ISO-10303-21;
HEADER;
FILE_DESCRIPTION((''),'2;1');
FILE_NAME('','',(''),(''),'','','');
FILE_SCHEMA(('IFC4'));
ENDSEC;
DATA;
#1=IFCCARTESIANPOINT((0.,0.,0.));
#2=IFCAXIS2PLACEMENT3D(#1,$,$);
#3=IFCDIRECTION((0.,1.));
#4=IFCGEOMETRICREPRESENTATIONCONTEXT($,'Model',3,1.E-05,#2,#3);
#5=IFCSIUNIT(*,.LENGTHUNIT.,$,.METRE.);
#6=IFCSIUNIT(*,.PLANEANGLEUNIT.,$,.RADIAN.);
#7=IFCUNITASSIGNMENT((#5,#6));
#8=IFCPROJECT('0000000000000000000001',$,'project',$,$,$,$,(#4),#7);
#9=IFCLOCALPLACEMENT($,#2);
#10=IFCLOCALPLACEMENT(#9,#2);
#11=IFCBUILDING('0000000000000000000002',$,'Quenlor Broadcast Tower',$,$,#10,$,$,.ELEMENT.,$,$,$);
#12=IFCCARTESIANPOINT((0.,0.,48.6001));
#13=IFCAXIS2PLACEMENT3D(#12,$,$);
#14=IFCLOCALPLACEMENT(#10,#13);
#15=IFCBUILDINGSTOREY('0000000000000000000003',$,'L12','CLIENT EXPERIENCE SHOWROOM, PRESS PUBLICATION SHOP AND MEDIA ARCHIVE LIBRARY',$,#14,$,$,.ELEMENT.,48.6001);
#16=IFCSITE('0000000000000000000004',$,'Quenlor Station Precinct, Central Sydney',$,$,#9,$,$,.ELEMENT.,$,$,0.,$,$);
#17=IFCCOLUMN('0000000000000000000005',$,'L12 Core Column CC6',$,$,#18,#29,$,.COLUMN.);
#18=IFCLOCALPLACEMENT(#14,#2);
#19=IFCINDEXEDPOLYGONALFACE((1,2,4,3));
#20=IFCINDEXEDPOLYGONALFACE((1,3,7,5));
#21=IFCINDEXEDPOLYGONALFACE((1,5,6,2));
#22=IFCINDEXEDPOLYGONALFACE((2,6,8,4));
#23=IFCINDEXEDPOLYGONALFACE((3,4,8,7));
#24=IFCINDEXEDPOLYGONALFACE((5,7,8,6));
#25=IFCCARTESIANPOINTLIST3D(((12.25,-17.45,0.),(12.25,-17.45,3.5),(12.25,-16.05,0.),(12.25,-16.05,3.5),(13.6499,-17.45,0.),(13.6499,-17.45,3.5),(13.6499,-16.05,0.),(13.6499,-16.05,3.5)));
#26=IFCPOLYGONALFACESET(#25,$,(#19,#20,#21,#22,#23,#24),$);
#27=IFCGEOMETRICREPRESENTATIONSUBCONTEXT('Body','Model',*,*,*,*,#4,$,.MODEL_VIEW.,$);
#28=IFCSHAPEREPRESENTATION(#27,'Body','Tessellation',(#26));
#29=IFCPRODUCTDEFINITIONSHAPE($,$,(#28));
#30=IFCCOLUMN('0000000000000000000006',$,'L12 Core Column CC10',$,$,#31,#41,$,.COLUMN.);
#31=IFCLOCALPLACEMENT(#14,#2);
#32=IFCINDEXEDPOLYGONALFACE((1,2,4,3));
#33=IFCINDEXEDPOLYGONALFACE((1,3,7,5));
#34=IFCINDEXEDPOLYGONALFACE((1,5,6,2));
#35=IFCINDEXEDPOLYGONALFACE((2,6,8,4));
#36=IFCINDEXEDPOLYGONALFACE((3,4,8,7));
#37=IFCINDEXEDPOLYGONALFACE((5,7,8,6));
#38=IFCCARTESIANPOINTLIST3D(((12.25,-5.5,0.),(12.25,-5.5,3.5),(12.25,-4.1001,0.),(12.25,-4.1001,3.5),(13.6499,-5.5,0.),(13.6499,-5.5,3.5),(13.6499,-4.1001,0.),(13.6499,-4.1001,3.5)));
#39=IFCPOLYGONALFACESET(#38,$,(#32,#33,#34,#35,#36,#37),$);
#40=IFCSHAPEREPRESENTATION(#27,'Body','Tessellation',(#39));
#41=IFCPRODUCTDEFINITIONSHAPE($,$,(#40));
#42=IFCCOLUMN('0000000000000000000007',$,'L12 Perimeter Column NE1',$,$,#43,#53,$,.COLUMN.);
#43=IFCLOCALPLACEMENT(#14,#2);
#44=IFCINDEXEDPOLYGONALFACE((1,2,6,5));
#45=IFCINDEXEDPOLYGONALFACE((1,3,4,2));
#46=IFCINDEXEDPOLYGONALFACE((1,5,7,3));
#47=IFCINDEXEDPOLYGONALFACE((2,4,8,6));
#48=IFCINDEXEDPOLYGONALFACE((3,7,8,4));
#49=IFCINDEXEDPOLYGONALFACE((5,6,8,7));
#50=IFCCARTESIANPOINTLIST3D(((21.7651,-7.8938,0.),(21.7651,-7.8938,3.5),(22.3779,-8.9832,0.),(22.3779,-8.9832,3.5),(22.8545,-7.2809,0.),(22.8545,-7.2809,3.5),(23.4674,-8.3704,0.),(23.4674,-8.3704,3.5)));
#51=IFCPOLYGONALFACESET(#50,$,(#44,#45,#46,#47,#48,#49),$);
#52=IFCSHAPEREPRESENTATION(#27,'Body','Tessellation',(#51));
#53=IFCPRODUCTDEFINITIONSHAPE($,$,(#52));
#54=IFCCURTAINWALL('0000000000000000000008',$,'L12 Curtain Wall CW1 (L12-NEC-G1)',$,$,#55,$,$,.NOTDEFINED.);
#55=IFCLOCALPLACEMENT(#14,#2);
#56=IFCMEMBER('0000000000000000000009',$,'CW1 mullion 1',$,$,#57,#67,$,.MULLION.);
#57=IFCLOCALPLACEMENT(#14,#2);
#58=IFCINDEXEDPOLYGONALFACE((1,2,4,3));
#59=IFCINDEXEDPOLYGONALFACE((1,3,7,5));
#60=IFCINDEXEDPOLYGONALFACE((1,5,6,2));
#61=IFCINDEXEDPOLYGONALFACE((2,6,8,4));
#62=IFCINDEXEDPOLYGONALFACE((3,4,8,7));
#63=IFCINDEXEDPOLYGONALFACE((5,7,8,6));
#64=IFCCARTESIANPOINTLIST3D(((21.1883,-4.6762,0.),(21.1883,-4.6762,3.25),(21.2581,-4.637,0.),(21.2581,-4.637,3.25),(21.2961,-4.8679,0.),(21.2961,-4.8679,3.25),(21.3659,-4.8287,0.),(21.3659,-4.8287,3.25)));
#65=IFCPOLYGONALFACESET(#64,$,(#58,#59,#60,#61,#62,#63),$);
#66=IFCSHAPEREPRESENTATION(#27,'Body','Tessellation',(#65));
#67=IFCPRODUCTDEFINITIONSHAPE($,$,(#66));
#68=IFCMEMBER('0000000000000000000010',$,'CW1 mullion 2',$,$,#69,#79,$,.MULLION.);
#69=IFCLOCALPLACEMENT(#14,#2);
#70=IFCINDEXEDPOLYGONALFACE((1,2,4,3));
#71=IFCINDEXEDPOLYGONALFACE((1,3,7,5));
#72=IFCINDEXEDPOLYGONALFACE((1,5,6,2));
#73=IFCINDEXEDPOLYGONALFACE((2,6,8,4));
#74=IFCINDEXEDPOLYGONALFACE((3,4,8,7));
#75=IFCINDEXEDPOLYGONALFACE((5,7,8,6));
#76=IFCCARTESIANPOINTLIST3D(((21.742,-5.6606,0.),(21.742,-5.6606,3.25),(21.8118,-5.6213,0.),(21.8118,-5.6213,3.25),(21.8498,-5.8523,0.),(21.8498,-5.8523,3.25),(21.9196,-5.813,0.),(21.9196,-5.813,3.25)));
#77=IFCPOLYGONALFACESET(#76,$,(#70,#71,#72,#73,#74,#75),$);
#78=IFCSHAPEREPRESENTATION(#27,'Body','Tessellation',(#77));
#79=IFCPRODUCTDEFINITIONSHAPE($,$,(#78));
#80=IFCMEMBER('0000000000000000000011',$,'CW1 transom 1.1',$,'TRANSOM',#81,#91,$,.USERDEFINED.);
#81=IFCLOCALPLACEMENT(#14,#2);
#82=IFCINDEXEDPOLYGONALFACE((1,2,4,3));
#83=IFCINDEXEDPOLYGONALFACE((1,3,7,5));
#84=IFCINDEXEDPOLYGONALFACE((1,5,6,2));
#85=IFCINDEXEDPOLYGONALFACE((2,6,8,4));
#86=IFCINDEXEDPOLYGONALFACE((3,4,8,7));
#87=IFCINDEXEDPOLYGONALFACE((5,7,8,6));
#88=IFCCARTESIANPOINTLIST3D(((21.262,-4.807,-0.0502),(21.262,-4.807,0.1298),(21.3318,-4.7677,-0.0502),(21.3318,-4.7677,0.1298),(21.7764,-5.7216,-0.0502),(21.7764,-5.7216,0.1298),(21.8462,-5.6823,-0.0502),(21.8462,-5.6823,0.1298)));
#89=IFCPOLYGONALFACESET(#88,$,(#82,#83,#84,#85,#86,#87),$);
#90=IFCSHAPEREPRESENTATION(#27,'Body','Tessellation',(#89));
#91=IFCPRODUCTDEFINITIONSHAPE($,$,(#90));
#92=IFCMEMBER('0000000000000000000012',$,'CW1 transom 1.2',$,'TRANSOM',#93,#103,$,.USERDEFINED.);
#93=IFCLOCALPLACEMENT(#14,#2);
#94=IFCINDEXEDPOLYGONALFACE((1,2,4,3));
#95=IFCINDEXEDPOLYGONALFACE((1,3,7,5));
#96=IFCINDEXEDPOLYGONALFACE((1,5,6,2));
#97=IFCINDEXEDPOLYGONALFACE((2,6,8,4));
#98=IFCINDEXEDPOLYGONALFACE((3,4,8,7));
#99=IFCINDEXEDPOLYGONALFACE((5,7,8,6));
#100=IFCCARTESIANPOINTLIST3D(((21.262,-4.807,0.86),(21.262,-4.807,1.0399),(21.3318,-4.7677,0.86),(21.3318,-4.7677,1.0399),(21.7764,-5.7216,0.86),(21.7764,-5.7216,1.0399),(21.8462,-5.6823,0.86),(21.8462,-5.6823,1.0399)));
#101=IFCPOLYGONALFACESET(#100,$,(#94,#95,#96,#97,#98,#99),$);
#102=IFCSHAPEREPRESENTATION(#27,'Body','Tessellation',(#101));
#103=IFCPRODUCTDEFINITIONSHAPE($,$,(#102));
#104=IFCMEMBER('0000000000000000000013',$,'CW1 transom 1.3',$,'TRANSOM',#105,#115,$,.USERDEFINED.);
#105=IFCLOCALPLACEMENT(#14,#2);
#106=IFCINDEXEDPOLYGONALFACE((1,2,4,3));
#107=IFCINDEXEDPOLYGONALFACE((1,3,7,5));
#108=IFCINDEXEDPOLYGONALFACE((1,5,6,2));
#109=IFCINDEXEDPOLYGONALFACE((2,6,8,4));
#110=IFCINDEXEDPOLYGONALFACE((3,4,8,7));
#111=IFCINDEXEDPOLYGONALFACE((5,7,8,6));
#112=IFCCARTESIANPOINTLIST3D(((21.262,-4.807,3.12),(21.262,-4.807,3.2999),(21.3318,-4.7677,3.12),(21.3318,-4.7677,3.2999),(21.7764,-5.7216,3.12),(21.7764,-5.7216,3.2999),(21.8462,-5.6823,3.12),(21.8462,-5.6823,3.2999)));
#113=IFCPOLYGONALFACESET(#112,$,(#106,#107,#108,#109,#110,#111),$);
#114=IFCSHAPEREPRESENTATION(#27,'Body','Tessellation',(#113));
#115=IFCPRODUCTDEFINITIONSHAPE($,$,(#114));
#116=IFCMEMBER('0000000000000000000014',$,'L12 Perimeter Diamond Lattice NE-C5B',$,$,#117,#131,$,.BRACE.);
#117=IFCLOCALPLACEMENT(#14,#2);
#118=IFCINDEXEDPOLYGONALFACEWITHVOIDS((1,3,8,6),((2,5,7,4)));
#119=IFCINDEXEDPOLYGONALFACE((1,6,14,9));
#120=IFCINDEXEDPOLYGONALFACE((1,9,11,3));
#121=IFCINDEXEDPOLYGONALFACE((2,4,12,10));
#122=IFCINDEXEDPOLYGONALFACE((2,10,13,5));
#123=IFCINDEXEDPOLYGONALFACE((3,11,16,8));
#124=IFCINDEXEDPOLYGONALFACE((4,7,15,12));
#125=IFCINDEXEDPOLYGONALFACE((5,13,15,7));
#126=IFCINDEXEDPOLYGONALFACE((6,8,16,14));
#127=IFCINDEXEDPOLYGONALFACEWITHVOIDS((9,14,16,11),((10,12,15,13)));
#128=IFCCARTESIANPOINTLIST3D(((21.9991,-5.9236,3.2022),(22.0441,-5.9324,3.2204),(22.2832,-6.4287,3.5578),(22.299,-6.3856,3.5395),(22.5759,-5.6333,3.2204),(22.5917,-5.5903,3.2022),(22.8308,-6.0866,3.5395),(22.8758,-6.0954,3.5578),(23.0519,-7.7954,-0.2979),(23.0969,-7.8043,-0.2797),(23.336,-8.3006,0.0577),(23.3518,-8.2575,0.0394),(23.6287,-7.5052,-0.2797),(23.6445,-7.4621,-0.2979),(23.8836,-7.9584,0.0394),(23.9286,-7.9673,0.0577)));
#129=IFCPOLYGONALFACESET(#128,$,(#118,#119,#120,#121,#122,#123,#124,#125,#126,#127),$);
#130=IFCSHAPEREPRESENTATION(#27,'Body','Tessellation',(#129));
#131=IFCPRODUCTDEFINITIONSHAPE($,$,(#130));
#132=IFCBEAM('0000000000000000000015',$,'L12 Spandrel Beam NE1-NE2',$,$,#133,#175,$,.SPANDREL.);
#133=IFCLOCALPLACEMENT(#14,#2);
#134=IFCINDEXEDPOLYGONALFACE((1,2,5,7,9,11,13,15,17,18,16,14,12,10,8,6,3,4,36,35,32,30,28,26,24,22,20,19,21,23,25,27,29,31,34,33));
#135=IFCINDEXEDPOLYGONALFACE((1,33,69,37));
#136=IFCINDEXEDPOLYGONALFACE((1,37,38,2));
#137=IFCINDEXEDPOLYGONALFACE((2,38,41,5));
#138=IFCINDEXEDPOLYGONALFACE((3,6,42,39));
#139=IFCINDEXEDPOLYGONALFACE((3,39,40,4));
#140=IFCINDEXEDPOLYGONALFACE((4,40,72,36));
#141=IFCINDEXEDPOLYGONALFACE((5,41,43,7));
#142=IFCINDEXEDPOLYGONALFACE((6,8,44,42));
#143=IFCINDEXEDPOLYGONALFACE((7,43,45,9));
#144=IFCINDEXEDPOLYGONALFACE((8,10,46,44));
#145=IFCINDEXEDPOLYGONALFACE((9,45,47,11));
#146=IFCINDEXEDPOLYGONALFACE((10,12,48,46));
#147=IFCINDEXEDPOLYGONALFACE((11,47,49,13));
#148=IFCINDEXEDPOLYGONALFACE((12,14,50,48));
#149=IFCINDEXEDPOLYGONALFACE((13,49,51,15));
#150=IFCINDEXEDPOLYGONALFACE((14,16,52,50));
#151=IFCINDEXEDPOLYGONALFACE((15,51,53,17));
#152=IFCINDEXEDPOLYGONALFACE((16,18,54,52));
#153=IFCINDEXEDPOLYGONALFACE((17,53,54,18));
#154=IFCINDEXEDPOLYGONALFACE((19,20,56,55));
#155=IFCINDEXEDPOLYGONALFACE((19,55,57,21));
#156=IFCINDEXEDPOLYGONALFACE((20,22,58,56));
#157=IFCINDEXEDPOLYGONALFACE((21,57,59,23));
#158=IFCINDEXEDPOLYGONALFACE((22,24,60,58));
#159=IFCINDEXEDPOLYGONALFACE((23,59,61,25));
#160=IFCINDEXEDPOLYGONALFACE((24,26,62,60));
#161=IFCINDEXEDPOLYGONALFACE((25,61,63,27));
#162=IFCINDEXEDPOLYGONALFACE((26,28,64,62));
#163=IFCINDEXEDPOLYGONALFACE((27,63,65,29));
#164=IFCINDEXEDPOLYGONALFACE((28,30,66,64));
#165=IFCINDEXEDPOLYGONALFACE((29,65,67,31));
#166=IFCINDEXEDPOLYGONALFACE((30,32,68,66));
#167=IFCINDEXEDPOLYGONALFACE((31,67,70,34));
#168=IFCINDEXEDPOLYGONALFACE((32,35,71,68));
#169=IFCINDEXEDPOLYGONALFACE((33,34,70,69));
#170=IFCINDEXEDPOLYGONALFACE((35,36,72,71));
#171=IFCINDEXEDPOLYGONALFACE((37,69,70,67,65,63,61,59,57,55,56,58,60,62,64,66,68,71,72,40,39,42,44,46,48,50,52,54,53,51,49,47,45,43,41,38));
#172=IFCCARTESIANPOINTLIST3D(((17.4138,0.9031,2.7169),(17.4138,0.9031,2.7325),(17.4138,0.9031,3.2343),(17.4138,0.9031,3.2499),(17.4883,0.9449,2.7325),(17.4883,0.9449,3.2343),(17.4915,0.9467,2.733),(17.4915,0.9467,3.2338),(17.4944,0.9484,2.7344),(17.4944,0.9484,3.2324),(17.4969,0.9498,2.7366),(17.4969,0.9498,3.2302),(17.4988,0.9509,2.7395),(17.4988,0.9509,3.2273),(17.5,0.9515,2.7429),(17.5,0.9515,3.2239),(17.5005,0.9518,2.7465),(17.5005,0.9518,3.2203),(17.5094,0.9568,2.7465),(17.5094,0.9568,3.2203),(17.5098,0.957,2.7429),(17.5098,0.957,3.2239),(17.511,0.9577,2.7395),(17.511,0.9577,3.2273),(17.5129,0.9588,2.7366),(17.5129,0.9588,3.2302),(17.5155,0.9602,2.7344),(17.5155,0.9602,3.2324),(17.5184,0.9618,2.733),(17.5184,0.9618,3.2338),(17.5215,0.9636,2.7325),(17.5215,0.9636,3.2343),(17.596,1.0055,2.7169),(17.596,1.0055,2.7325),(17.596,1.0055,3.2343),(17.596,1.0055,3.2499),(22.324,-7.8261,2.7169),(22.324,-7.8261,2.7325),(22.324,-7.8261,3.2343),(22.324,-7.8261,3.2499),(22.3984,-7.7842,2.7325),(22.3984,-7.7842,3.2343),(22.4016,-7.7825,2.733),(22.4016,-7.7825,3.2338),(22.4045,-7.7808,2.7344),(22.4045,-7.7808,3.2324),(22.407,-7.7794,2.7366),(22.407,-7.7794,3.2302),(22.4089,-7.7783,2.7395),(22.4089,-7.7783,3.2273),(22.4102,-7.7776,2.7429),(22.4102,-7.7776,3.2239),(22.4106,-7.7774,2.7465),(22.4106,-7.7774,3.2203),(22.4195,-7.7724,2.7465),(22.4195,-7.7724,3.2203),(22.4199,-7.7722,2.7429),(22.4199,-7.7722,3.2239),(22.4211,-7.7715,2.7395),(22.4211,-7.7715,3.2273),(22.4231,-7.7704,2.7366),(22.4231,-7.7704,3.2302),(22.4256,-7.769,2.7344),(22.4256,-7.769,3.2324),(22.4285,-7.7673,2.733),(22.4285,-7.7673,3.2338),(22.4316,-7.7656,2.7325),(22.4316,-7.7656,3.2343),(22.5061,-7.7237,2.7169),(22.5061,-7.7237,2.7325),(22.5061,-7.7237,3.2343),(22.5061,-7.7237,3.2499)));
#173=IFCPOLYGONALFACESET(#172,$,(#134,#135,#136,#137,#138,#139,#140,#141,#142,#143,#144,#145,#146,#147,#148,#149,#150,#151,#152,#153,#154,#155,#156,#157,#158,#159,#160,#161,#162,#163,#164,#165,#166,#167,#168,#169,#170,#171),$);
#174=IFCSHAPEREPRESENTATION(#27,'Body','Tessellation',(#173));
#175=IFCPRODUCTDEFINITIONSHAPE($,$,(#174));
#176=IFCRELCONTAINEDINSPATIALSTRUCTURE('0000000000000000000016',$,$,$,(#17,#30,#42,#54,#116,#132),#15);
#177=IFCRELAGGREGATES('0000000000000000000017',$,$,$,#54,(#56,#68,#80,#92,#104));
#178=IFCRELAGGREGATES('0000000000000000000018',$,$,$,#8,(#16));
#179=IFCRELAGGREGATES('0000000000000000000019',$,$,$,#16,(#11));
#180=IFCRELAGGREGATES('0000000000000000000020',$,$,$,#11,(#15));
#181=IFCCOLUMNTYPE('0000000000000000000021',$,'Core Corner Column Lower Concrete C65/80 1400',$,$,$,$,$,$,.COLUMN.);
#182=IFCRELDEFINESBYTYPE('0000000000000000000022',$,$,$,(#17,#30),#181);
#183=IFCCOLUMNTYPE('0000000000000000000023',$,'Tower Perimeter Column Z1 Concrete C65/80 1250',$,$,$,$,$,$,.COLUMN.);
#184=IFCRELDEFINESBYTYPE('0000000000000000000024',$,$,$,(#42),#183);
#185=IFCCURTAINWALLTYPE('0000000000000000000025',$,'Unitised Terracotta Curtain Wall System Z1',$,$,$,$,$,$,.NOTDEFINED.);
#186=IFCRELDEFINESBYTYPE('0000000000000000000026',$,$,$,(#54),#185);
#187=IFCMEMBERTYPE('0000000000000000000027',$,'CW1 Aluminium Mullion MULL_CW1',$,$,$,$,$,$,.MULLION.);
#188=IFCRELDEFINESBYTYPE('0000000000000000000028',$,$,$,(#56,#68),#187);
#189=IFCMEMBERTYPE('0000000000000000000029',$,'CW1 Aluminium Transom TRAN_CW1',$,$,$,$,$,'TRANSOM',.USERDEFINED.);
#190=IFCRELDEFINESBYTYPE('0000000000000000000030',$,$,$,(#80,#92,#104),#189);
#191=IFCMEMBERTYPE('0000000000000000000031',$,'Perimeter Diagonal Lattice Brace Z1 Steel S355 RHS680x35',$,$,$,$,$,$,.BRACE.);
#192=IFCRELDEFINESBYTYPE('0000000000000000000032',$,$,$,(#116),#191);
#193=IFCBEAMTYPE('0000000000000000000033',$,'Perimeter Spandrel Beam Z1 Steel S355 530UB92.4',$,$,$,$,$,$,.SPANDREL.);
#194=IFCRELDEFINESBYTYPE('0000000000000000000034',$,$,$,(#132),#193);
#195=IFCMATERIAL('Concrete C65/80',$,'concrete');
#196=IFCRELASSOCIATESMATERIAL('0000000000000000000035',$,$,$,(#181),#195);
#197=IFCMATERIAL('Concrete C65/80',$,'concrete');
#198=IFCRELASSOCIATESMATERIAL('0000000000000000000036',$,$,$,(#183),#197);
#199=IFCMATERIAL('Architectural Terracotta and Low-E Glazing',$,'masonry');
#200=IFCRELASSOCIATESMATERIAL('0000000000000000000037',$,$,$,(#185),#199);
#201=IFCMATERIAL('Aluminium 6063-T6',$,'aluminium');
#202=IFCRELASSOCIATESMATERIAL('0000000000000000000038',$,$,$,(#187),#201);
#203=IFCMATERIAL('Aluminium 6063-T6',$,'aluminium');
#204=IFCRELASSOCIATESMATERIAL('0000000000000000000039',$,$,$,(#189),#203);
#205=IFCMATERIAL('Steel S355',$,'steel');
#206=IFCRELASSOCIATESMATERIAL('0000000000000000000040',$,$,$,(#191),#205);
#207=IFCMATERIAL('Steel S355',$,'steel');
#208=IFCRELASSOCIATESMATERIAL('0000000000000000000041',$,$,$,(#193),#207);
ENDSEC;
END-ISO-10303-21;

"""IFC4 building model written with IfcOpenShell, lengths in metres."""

from ifc_helpers import new_model, si_unit, direction, frame, origin, origin_2d, place, context, subcontext, project, spatial, rectangle, hollow_rectangle, i_section, extrude, material, material_profile, profile_set, type_object, element, aggregate, save


model = new_model("IFC4")

# Units and contexts
model_context = context("Model", 3, precision=1e-05, world=origin(), true_north=direction((0.0, 1.0)))
body_context = subcontext(model_context, "Body", "Model", "MODEL_VIEW")
ifc_project = project(units=[si_unit("LENGTHUNIT", "METRE"), si_unit("PLANEANGLEUNIT", "RADIAN")], contexts=[model_context])

# Site, building, storey
site_placement = place(None, origin())
site = spatial("IfcSite", under=ifc_project, at=site_placement, Name="Quenlor Station Precinct, Central Sydney", CompositionType="ELEMENT", RefElevation=0.0)
building_placement = place(site_placement, origin())
building = spatial("IfcBuilding", under=site, at=building_placement, Name="Quenlor Broadcast Tower", CompositionType="ELEMENT")
storey_placement = place(building_placement, frame((0.0, 0.0, 48.6001)))
storey = spatial("IfcBuildingStorey", under=building, at=storey_placement, Name="L12", Description="CLIENT EXPERIENCE SHOWROOM, PRESS PUBLICATION SHOP AND MEDIA ARCHIVE LIBRARY", CompositionType="ELEMENT", Elevation=48.6001)

# Columns
ifc_material_1 = material(Name="Concrete C65/80", Category="concrete")
ifc_material_profile_1 = material_profile(ifc_material_1, rectangle(XDim=1.3999, YDim=1.3999, at=origin_2d()))
ifc_profile_set_1 = profile_set([ifc_material_profile_1], Name="Concrete C65/80 RC1400x1400")
column_type_1 = type_object("IfcColumnType", Name="Core Corner Column Lower Concrete C65/80 1400", PredefinedType="COLUMN", material=ifc_profile_set_1)
for number, where, z_axis, x_axis, name in (
    (1, (12.95, -16.75, 0.0), (0.0, 0.0, 1.0), (1.0, 0.0, 0.0), "L12 Core Column CC6"),
    (2, (12.95, -4.8, 0.0), (0.0, 0.0, 1.0), (1.0, 0.0, 0.0), "L12 Core Column CC10"),
):
    element("IfcColumn", number, at=place(storey_placement, frame(where, z_axis=z_axis, x_axis=x_axis)), inside=storey, type_object=column_type_1, Name=name, PredefinedType="COLUMN", context=body_context, shape_type="SweptSolid", body=[
        extrude(rectangle(XDim=1.3999, YDim=1.3999, at=origin_2d()), origin(), (0.0, 0.0, 1.0), 3.5),
    ])
ifc_material_2 = material(Name="Concrete C65/80", Category="concrete")
ifc_material_profile_2 = material_profile(ifc_material_2, rectangle(XDim=1.25, YDim=1.25, at=origin_2d()))
ifc_profile_set_2 = profile_set([ifc_material_profile_2], Name="Concrete C65/80 RC1250x1250")
column_type_2 = type_object("IfcColumnType", Name="Tower Perimeter Column Z1 Concrete C65/80 1250", PredefinedType="COLUMN", material=ifc_profile_set_2)
column_placement = place(storey_placement, frame((22.6162, -8.1321, 0.0), z_axis=(0.0, 0.0, 1.0), x_axis=(0.871575, 0.490262, 0.0)))
element("IfcColumn", 3, at=column_placement, inside=storey, type_object=column_type_2, Name="L12 Perimeter Column NE1", PredefinedType="COLUMN", context=body_context, shape_type="SweptSolid", body=[
    extrude(rectangle(XDim=1.25, YDim=1.25, at=origin_2d()), origin(), (0.0, 0.0, 1.0), 3.5),
])

# Curtain wall, members
ifc_material_3 = material(Name="Architectural Terracotta and Low-E Glazing", Category="masonry")
curtain_wall_type = type_object("IfcCurtainWallType", Name="Unitised Terracotta Curtain Wall System Z1", PredefinedType="NOTDEFINED", material=ifc_material_3)
curtain_wall_placement = place(storey_placement, origin())
curtain_wall = element("IfcCurtainWall", 4, at=curtain_wall_placement, inside=storey, type_object=curtain_wall_type, Name="L12 Curtain Wall CW1 (L12-NEC-G1)", PredefinedType="NOTDEFINED")
ifc_material_4 = material(Name="Aluminium 6063-T6", Category="aluminium")
ifc_material_profile_3 = material_profile(ifc_material_4, rectangle(XDim=0.0801, YDim=0.22, at=origin_2d()))
ifc_profile_set_3 = profile_set([ifc_material_profile_3], Name="Aluminium 6063-T6 MULL80x220")
member_type_1 = type_object("IfcMemberType", Name="CW1 Aluminium Mullion MULL_CW1", PredefinedType="MULLION", material=ifc_profile_set_3)
member_1_placement = place(storey_placement, frame((21.2771, -4.7524, 0.0), z_axis=(0.0, 0.0, 1.0), x_axis=(0.871567, 0.490277, 0.0)))
member_1 = element("IfcMember", 5, at=member_1_placement, type_object=member_type_1, Name="CW1 mullion 1", PredefinedType="MULLION", context=body_context, shape_type="SweptSolid", body=[
    extrude(rectangle(XDim=0.0801, YDim=0.22, at=origin_2d()), origin(), (0.0, 0.0, 1.0), 3.25),
])
member_2_placement = place(storey_placement, frame((21.8308, -5.7368, 0.0), z_axis=(0.0, 0.0, 1.0), x_axis=(0.871567, 0.490277, 0.0)))
member_2 = element("IfcMember", 6, at=member_2_placement, type_object=member_type_1, Name="CW1 mullion 2", PredefinedType="MULLION", context=body_context, shape_type="SweptSolid", body=[
    extrude(rectangle(XDim=0.0801, YDim=0.22, at=origin_2d()), origin(), (0.0, 0.0, 1.0), 3.25),
])
ifc_material_5 = material(Name="Aluminium 6063-T6", Category="aluminium")
ifc_material_profile_4 = material_profile(ifc_material_5, rectangle(XDim=0.0801, YDim=0.1799, at=origin_2d()))
ifc_profile_set_4 = profile_set([ifc_material_profile_4], Name="Aluminium 6063-T6 TRAN80x180")
member_type_2 = type_object("IfcMemberType", Name="CW1 Aluminium Transom TRAN_CW1", ElementType="TRANSOM", PredefinedType="USERDEFINED", material=ifc_profile_set_4)
member_3_placement = place(storey_placement, frame((21.2969, -4.7874, 0.0398), z_axis=(0.490239, -0.871588, 0.0), x_axis=(0.871588, 0.490239, 0.0)))
member_3 = element("IfcMember", 7, at=member_3_placement, type_object=member_type_2, Name="CW1 transom 1.1", ObjectType="TRANSOM", PredefinedType="USERDEFINED", context=body_context, shape_type="SweptSolid", body=[
    extrude(rectangle(XDim=0.0801, YDim=0.1799, at=origin_2d()), origin(), (0.0, 0.0, 1.0), 1.0493),
])
member_4_placement = place(storey_placement, frame((21.2969, -4.7874, 0.95), z_axis=(0.490239, -0.871588, 0.0), x_axis=(0.871588, 0.490239, 0.0)))
member_4 = element("IfcMember", 8, at=member_4_placement, type_object=member_type_2, Name="CW1 transom 1.2", ObjectType="TRANSOM", PredefinedType="USERDEFINED", context=body_context, shape_type="SweptSolid", body=[
    extrude(rectangle(XDim=0.0801, YDim=0.1799, at=origin_2d()), origin(), (0.0, 0.0, 1.0), 1.0493),
])
member_5_placement = place(storey_placement, frame((21.2969, -4.7874, 3.21), z_axis=(0.490239, -0.871588, 0.0), x_axis=(0.871588, 0.490239, 0.0)))
member_5 = element("IfcMember", 9, at=member_5_placement, type_object=member_type_2, Name="CW1 transom 1.3", ObjectType="TRANSOM", PredefinedType="USERDEFINED", context=body_context, shape_type="SweptSolid", body=[
    extrude(rectangle(XDim=0.0801, YDim=0.1799, at=origin_2d()), origin(), (0.0, 0.0, 1.0), 1.0493),
])

# Member
ifc_material_6 = material(Name="Steel S355", Category="steel")
ifc_material_profile_5 = material_profile(ifc_material_6, hollow_rectangle(XDim=0.6799, YDim=0.6799, WallThickness=0.0349, at=origin_2d()))
ifc_profile_set_5 = profile_set([ifc_material_profile_5], Name="Steel S355 RHS680x680x35")
member_type_3 = type_object("IfcMemberType", Name="Perimeter Diagonal Lattice Brace Z1 Steel S355 RHS680x35", PredefinedType="BRACE", material=ifc_profile_set_5)
member_6_placement = place(storey_placement, frame((23.4902, -7.8813, -0.1201), z_axis=(-0.256368, 0.455839, 0.852342), x_axis=(-0.871609, -0.490202, 0.0)))
element("IfcMember", 10, at=member_6_placement, inside=storey, type_object=member_type_3, Name="L12 Perimeter Diamond Lattice NE-C5B", PredefinedType="BRACE", context=body_context, shape_type="SweptSolid", body=[
    extrude(hollow_rectangle(XDim=0.6799, YDim=0.6799, WallThickness=0.0349, at=origin_2d()), origin(), (0.0, 0.0, 1.0), 4.1064),
])

# Beam
ifc_material_7 = material(Name="Steel S355", Category="steel")
ifc_material_profile_6 = material_profile(ifc_material_7, i_section(OverallWidth=0.209, OverallDepth=0.533, WebThickness=0.0103, FlangeThickness=0.0156, FilletRadius=0.0139, at=origin_2d()))
ifc_profile_set_6 = profile_set([ifc_material_profile_6], Name="Steel S355 530UB92.4")
beam_type_1 = type_object("IfcBeamType", Name="Perimeter Spandrel Beam Z1 Steel S355 530UB92.4", PredefinedType="SPANDREL", material=ifc_profile_set_6)
beam_1_placement = place(storey_placement, frame((22.415, -7.7749, 2.9834), z_axis=(-0.490258, 0.871577, 0.0), x_axis=(-0.871577, -0.490258, 0.0)))
element("IfcBeam", 11, at=beam_1_placement, inside=storey, type_object=beam_type_1, Name="L12 Spandrel Beam NE1-NE2", PredefinedType="SPANDREL", context=body_context, shape_type="SweptSolid", body=[
    extrude(i_section(OverallWidth=0.209, OverallDepth=0.533, WebThickness=0.0103, FlangeThickness=0.0156, FilletRadius=0.0139, at=origin_2d()), origin(), (0.0, 0.0, 1.0), 10.0154),
])

aggregate(curtain_wall, [member_1, member_2, member_3, member_4, member_5])

save(model, "model.ifc")
